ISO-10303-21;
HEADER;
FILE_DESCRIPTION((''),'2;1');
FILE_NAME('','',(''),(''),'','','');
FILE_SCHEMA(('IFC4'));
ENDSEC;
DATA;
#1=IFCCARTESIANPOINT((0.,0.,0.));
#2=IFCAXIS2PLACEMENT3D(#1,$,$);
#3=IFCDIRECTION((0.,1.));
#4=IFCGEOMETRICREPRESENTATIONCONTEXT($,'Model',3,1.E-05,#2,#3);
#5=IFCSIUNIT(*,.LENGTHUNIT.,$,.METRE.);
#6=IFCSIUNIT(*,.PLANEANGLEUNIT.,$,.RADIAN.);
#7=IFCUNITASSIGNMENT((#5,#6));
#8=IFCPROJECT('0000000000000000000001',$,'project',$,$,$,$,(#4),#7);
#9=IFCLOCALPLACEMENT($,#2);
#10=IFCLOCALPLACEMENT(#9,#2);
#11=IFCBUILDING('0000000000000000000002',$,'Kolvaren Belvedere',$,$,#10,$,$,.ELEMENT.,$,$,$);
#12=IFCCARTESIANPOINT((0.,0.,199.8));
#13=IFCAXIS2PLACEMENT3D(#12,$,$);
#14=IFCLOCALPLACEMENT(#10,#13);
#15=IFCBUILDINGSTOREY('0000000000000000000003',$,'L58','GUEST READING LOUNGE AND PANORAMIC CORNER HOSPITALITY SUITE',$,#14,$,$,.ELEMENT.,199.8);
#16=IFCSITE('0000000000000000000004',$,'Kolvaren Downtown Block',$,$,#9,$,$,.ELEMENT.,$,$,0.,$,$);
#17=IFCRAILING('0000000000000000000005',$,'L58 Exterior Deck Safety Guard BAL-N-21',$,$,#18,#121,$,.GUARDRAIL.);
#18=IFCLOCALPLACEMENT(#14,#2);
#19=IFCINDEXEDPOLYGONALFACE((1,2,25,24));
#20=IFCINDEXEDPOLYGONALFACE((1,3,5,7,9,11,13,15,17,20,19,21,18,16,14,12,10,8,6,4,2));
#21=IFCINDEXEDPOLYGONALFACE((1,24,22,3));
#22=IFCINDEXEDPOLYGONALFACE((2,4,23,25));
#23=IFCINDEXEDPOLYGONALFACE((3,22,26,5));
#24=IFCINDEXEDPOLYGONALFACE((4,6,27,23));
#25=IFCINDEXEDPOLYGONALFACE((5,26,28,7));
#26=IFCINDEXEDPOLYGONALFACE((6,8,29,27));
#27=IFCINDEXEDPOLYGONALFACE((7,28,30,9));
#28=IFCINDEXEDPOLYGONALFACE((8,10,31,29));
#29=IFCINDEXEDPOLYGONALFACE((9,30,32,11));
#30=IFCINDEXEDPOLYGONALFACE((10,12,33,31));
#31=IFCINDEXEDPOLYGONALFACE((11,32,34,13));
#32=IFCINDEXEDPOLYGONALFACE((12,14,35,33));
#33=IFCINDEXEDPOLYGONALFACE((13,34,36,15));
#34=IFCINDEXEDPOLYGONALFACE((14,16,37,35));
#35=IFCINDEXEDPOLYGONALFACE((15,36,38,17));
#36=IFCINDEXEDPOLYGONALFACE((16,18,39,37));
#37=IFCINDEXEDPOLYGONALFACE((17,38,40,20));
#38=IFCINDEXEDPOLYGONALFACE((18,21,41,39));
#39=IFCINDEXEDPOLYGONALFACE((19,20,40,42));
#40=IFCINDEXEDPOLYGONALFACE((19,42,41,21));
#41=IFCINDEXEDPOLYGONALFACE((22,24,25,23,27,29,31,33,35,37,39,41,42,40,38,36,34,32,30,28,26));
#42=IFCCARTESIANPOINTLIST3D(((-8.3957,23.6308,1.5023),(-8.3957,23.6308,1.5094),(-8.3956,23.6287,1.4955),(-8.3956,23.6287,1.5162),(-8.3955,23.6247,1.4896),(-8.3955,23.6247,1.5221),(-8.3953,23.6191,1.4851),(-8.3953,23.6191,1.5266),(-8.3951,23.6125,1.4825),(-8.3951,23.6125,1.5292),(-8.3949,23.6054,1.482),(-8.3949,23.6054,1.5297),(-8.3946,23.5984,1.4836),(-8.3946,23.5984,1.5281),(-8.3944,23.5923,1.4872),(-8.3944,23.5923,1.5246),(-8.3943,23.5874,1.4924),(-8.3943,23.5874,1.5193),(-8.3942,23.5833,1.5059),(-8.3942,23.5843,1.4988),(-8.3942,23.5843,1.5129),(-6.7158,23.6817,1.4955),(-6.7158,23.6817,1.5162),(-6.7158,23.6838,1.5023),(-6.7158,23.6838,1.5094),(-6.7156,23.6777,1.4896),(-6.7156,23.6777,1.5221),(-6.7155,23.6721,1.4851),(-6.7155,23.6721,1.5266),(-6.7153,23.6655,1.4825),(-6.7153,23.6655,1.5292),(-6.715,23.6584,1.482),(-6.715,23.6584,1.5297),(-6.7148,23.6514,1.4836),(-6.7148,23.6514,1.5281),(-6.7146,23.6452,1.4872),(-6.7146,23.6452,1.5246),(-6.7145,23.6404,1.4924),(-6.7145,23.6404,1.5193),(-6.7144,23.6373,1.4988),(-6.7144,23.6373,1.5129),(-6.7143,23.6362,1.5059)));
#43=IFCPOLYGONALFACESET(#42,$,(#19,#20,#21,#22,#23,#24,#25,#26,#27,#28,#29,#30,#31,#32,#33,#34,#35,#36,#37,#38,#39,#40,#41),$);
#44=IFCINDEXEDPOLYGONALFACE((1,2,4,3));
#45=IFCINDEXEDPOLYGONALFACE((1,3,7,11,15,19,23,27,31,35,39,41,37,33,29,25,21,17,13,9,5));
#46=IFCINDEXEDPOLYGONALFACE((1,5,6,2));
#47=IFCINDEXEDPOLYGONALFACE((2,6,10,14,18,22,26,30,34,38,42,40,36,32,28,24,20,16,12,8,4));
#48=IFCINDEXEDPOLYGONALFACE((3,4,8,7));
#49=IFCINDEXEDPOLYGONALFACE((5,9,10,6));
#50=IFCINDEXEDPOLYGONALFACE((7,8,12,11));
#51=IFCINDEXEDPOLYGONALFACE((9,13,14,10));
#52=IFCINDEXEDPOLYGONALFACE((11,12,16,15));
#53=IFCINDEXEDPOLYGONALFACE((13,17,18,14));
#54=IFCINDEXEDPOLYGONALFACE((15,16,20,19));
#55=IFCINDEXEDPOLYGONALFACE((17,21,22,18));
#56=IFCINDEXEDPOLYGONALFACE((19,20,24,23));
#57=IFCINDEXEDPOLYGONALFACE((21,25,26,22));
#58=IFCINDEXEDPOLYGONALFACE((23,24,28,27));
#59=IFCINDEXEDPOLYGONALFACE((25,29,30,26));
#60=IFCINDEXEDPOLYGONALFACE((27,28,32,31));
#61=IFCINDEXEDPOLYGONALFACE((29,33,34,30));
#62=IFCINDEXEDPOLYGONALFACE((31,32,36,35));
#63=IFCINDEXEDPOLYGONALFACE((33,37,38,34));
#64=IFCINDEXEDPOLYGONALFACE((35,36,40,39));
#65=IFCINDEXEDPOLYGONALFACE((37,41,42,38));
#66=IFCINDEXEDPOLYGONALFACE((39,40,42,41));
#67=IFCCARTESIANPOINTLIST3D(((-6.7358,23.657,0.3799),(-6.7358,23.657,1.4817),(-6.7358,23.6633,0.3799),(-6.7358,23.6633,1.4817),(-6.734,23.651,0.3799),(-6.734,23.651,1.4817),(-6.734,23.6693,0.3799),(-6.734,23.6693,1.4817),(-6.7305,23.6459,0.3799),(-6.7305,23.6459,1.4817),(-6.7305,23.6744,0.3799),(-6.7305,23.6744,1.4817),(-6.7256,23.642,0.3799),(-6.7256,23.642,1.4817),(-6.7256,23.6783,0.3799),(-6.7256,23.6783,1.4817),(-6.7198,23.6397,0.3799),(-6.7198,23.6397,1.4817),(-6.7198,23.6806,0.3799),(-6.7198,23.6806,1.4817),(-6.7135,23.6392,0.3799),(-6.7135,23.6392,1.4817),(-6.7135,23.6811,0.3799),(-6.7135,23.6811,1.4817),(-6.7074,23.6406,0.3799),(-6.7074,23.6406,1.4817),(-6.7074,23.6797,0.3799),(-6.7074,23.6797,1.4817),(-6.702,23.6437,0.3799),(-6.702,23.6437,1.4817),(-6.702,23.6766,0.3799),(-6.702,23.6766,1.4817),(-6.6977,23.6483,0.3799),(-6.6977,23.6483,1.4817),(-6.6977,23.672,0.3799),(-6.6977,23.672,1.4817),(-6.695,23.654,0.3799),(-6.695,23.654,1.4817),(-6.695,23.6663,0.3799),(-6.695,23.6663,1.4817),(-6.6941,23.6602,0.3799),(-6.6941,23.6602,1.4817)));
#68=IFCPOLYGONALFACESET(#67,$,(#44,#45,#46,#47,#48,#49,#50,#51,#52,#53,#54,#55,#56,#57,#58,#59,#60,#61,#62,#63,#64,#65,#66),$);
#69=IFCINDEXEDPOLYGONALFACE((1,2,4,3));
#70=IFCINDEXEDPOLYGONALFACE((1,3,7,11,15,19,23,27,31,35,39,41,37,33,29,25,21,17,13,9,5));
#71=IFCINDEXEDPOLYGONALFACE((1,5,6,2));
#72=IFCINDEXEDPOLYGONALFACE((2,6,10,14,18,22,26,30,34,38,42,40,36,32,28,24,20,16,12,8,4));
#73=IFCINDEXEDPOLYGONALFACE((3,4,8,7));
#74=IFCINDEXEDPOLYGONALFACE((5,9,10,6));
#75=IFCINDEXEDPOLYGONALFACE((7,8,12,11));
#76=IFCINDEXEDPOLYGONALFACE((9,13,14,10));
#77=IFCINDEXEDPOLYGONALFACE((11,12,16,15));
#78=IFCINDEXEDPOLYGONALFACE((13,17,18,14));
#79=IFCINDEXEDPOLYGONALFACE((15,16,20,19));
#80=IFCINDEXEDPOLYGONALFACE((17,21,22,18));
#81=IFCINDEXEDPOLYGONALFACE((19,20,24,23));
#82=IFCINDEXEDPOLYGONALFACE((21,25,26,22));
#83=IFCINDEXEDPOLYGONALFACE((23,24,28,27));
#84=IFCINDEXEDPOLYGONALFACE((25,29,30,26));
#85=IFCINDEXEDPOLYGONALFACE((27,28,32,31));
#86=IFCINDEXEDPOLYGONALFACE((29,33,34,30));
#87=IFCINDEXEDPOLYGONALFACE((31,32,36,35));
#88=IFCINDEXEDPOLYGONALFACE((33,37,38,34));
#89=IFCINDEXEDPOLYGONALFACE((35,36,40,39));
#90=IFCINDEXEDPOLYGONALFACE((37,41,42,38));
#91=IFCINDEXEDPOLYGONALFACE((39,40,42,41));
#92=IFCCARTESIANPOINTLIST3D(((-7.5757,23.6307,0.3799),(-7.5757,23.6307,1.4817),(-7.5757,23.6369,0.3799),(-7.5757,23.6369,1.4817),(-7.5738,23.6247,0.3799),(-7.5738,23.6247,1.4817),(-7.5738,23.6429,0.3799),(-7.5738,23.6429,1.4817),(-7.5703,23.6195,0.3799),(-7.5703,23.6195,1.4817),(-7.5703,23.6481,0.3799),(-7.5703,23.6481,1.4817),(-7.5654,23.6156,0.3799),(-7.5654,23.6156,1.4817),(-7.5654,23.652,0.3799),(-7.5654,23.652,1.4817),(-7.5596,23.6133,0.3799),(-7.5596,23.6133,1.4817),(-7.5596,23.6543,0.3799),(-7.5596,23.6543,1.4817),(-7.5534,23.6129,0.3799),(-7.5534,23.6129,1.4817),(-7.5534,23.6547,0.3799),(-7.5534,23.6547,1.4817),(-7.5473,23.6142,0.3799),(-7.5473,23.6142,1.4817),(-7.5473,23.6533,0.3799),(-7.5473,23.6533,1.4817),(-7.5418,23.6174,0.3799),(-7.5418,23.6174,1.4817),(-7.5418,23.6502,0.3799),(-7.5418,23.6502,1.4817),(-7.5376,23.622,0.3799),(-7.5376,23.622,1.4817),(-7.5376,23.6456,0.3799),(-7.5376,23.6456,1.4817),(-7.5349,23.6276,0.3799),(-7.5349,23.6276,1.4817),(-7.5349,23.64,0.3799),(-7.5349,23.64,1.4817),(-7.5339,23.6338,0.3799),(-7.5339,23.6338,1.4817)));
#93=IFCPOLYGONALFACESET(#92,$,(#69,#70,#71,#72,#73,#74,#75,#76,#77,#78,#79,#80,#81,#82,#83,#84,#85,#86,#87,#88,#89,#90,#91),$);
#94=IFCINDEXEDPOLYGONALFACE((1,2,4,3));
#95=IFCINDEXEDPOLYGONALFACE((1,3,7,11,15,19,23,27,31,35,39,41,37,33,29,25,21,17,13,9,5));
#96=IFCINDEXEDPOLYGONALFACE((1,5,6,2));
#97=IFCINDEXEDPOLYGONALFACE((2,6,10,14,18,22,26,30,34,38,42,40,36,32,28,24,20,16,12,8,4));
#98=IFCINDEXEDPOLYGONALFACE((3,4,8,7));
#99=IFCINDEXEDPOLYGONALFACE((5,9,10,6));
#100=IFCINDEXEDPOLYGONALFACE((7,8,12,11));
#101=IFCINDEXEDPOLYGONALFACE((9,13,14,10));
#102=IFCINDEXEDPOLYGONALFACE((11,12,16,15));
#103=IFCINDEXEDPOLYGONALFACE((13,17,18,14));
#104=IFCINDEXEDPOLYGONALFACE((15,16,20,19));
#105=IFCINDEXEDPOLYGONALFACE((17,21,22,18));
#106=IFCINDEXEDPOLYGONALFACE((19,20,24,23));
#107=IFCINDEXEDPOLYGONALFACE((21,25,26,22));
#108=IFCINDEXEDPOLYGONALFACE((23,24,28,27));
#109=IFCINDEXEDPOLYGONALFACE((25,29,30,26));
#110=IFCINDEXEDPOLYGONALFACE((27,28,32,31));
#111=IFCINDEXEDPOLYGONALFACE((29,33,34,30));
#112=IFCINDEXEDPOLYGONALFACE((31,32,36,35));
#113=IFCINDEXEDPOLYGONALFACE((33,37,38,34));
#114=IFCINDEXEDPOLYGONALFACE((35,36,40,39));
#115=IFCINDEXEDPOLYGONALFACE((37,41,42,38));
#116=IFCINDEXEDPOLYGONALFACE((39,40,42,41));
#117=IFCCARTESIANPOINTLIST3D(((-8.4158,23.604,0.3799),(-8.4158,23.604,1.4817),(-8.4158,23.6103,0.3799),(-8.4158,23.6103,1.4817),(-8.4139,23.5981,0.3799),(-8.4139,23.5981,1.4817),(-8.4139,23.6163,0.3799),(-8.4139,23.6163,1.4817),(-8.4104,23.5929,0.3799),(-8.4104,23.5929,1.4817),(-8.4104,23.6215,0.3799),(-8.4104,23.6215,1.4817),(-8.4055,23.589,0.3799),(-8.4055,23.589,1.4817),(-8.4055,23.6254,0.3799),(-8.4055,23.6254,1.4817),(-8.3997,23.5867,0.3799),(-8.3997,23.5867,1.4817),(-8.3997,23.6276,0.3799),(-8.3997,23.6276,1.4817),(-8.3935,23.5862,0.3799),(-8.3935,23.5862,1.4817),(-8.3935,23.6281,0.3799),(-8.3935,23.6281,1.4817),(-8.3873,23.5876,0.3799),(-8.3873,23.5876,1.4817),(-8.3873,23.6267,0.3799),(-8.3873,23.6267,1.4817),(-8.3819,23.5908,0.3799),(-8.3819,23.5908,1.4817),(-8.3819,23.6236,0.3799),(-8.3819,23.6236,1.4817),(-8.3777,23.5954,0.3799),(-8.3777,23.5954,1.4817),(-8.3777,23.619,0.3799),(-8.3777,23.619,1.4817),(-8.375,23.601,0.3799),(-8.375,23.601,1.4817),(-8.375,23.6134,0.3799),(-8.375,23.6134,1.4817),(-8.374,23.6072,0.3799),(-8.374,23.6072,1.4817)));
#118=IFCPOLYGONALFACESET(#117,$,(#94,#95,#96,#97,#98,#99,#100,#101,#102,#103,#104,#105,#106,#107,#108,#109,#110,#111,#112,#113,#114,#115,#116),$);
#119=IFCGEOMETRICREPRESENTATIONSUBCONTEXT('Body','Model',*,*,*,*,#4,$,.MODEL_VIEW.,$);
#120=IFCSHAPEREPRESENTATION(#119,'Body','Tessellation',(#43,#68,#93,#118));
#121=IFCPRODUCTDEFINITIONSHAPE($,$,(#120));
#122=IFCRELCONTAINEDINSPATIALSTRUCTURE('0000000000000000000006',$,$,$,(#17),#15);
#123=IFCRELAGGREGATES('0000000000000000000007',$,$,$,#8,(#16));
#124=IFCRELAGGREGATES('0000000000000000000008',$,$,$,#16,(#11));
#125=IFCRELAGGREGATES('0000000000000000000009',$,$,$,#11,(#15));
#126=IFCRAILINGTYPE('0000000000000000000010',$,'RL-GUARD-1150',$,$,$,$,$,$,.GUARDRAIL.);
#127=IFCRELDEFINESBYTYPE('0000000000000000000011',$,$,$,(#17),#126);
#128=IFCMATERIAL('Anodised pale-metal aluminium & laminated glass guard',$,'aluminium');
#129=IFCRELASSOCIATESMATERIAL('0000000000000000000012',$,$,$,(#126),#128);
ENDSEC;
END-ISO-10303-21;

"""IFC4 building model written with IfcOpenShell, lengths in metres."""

from ifc_helpers import new_model, si_unit, direction, frame, origin, origin_2d, place, context, subcontext, project, spatial, circle, extrude, material, type_object, element, save


model = new_model("IFC4")

# Units and contexts
model_context = context("Model", 3, precision=1e-05, world=origin(), true_north=direction((0.0, 1.0)))
body_context = subcontext(model_context, "Body", "Model", "MODEL_VIEW")
ifc_project = project(units=[si_unit("LENGTHUNIT", "METRE"), si_unit("PLANEANGLEUNIT", "RADIAN")], contexts=[model_context])

# Site, building, storey
site_placement = place(None, origin())
site = spatial("IfcSite", under=ifc_project, at=site_placement, Name="Kolvaren Downtown Block", CompositionType="ELEMENT", RefElevation=0.0)
building_placement = place(site_placement, origin())
building = spatial("IfcBuilding", under=site, at=building_placement, Name="Kolvaren Belvedere", CompositionType="ELEMENT")
storey_placement = place(building_placement, frame((0.0, 0.0, 199.8)))
storey = spatial("IfcBuildingStorey", under=building, at=storey_placement, Name="L58", Description="GUEST READING LOUNGE AND PANORAMIC CORNER HOSPITALITY SUITE", CompositionType="ELEMENT", Elevation=199.8)

# Railing
ifc_material_1 = material(Name="Anodised pale-metal aluminium & laminated glass guard", Category="aluminium")
railing_type = type_object("IfcRailingType", Name="RL-GUARD-1150", PredefinedType="GUARDRAIL", material=ifc_material_1)
railing_1_placement = place(storey_placement, frame((-6.7151, 23.6602, 0.3799)))
element("IfcRailing", 1, at=railing_1_placement, inside=storey, type_object=railing_type, Name="L58 Exterior Deck Safety Guard BAL-N-21", PredefinedType="GUARDRAIL", context=body_context, shape_type="SweptSolid", body=[
    extrude(circle(Radius=0.0239, at=origin_2d()), frame((0.0, 0.0, 1.126), z_axis=(-0.999503, -0.03152, 0.0), x_axis=(0.03152, -0.999503, 0.0)), (0.0, 0.0, 1.0), 1.6807),
    extrude(circle(Radius=0.021, at=origin_2d()), origin(), (0.0, 0.0, 1.0), 1.1018),
    extrude(circle(Radius=0.021, at=origin_2d()), frame((-0.8398, -0.0264, 0.0)), (0.0, 0.0, 1.0), 1.1018),
    extrude(circle(Radius=0.021, at=origin_2d()), frame((-1.6799, -0.053, 0.0)), (0.0, 0.0, 1.0), 1.1018),
])

save(model, "model.ifc")
